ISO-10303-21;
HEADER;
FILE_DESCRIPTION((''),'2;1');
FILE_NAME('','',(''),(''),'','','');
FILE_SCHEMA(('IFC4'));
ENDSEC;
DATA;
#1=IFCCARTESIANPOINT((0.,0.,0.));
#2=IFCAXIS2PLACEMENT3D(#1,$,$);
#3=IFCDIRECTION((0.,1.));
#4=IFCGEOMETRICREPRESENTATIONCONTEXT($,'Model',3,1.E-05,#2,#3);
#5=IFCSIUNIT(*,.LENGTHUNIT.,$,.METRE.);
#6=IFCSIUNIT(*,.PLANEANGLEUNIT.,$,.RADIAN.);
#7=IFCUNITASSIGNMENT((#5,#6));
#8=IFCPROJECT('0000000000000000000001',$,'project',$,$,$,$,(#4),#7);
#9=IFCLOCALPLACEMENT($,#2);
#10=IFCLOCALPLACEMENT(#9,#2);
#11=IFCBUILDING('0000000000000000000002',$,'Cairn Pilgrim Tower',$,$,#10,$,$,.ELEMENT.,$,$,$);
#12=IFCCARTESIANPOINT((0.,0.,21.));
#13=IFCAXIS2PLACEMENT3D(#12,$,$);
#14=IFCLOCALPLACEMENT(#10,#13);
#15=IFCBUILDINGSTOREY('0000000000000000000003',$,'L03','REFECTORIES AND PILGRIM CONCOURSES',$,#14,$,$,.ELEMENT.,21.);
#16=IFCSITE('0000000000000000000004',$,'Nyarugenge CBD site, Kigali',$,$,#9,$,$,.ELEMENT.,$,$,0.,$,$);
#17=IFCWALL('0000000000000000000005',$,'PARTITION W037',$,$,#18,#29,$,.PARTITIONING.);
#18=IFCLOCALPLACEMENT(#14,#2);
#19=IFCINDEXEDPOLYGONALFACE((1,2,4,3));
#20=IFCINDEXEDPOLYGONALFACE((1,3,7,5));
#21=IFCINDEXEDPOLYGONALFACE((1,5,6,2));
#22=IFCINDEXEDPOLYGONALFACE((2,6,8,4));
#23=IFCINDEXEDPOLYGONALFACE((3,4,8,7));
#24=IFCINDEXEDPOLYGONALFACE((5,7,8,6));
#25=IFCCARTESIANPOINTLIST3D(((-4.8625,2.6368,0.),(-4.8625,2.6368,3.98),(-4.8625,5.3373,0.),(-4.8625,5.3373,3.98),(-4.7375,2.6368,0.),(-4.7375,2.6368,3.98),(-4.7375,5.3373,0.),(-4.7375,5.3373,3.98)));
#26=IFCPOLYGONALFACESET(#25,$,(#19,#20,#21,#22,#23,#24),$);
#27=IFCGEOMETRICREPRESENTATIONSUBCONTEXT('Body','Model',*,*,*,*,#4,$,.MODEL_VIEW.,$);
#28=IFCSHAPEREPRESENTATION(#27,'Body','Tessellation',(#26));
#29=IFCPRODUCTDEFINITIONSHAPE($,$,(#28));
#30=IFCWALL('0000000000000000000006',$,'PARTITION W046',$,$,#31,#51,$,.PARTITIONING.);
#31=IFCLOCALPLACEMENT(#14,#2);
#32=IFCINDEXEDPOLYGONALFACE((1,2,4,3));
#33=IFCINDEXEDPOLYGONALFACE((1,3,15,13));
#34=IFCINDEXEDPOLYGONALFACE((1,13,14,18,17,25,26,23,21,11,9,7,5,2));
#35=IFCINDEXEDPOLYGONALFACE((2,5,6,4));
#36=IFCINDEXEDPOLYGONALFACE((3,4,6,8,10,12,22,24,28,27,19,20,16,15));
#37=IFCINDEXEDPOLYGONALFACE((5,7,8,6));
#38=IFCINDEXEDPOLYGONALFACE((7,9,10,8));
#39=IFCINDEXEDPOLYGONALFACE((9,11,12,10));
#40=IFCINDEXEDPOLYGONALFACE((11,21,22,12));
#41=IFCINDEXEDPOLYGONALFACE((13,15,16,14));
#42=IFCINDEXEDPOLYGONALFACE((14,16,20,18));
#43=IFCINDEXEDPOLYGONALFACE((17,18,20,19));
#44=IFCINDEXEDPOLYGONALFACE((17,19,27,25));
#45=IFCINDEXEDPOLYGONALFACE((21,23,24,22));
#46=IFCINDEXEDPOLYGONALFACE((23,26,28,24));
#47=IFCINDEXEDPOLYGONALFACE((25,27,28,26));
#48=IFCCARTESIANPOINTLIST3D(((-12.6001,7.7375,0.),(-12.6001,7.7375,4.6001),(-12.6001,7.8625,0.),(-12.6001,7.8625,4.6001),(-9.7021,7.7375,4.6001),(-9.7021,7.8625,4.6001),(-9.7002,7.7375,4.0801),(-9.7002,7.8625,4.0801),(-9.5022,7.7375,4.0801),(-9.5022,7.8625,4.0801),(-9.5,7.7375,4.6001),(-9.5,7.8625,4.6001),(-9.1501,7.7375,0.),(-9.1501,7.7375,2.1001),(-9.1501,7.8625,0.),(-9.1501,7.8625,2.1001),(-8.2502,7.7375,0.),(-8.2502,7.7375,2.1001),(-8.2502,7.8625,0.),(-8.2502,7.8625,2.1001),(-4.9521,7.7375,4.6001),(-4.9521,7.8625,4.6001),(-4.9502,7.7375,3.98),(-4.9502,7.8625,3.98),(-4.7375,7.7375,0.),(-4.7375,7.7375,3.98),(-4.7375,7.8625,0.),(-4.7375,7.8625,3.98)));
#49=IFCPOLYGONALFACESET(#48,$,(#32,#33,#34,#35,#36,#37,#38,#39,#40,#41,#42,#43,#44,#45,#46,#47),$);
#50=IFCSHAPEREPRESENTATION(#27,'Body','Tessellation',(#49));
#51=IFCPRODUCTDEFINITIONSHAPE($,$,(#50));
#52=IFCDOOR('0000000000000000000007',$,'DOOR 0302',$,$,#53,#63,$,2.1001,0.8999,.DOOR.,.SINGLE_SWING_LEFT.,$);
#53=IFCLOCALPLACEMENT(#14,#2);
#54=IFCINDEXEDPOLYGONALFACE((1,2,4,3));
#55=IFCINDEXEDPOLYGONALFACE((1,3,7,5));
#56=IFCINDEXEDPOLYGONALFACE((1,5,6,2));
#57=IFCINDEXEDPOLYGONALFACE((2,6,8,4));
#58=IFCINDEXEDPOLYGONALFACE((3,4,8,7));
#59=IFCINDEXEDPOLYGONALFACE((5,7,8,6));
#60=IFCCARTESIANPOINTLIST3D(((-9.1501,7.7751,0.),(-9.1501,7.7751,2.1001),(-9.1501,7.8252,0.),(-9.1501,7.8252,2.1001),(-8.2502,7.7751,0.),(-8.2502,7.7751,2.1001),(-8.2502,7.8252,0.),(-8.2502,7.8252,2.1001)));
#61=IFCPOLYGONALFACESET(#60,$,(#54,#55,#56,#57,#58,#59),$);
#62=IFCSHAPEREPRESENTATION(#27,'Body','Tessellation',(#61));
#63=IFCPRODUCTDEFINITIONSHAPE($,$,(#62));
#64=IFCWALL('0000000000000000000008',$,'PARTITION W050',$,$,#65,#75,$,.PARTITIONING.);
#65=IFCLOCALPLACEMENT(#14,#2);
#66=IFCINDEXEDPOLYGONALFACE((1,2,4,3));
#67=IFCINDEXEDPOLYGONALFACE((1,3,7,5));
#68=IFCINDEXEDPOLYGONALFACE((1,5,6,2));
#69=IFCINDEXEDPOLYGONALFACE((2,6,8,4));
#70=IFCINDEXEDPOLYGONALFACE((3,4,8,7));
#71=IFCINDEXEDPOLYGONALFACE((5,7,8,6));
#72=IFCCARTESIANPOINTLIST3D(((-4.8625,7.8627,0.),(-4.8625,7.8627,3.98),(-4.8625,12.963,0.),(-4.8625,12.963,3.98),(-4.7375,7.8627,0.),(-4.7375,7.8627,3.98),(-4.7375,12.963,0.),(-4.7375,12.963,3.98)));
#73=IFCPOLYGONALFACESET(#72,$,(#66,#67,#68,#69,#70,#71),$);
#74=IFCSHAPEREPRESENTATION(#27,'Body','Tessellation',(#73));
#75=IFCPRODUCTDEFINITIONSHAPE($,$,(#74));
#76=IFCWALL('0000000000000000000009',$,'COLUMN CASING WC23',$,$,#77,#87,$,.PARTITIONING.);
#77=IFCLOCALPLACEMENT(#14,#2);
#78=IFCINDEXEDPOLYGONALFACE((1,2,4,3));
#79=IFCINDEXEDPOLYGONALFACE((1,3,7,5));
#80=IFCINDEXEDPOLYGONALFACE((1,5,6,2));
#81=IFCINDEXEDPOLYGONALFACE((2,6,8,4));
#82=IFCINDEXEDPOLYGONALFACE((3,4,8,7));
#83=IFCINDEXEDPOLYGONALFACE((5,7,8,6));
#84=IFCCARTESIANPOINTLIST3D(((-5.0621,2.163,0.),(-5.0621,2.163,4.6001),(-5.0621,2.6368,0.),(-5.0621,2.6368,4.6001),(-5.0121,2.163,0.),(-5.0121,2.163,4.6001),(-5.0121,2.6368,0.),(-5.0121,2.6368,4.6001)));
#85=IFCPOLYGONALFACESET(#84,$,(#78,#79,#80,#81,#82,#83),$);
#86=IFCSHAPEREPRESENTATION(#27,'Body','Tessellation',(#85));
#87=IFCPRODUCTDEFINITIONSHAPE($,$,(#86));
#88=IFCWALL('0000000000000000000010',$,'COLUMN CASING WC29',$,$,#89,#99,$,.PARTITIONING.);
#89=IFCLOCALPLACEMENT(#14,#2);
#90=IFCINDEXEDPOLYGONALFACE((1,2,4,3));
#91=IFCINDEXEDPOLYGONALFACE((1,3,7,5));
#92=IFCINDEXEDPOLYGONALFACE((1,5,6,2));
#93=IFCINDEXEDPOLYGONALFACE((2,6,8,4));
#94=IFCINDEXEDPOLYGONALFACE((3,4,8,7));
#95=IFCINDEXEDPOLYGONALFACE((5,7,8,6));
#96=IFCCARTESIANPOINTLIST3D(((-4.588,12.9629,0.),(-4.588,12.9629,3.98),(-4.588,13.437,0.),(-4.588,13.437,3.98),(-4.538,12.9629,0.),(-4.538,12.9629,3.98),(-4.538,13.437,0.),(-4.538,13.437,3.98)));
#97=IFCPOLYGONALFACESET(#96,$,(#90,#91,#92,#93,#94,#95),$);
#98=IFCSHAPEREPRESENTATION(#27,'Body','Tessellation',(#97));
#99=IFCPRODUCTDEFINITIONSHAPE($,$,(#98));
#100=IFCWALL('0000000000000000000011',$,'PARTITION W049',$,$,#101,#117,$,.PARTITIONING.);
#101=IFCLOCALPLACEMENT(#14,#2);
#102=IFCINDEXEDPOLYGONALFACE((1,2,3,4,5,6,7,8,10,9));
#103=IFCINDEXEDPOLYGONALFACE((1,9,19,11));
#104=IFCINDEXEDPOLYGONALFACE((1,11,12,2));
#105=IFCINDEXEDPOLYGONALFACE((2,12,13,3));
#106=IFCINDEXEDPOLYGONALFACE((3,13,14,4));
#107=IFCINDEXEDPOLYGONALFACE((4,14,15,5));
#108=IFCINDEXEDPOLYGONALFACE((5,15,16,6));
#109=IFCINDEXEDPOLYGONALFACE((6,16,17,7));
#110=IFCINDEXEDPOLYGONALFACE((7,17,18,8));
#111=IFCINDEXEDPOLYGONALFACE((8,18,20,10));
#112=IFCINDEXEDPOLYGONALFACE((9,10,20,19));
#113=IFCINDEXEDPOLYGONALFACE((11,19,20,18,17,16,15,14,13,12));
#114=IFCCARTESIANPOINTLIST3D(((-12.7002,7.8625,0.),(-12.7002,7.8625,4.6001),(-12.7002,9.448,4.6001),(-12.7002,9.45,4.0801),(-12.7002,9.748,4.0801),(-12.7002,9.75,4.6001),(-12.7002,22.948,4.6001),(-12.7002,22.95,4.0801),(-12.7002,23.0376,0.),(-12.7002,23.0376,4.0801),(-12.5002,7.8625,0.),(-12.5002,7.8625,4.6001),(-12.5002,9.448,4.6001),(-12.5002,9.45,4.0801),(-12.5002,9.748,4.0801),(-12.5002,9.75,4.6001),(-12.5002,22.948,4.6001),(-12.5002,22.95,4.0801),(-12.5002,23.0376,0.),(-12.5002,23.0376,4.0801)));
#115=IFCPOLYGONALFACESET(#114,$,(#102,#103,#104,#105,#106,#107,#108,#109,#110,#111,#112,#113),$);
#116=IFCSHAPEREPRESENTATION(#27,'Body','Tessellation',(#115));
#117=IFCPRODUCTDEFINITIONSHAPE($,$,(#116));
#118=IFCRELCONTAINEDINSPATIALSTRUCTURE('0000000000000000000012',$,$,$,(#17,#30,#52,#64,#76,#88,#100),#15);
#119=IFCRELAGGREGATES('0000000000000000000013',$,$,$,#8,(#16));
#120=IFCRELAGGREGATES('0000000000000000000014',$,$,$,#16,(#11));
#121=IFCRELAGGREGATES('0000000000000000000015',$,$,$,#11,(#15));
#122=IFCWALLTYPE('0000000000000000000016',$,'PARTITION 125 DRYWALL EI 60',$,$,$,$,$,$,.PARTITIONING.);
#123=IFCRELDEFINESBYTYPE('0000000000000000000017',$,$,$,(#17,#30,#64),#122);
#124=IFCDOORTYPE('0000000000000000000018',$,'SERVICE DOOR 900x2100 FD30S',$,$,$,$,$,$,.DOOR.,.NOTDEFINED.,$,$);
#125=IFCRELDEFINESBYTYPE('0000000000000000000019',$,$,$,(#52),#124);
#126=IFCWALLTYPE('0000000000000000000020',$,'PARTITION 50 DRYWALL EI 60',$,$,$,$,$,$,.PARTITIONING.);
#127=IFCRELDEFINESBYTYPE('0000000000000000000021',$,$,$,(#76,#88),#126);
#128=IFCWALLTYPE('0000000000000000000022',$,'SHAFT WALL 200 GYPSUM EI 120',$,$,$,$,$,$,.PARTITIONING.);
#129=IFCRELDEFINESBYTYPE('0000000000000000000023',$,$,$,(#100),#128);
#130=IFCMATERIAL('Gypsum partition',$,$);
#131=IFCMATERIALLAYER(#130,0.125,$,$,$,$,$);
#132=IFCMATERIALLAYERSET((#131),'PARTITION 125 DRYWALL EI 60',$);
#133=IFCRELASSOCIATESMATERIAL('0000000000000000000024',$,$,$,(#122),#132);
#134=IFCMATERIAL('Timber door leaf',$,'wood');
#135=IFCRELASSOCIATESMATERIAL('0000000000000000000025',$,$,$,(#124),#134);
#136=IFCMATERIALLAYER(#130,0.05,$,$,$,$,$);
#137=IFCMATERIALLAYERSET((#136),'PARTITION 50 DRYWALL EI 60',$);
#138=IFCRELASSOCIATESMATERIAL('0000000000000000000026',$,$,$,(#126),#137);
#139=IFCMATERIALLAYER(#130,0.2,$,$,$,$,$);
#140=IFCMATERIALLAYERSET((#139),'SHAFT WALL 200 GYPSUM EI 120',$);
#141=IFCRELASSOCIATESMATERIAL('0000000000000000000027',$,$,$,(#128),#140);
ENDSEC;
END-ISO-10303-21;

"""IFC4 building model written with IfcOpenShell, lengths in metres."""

from ifc_helpers import new_model, si_unit, direction, frame, frame_2d, origin, place, context, subcontext, project, spatial, polyline, rectangle, outline, extrude, material, layer, layer_set, type_object, element, fill, save


model = new_model("IFC4")

# Units and contexts
model_context = context("Model", 3, precision=1e-05, world=origin(), true_north=direction((0.0, 1.0)))
body_context = subcontext(model_context, "Body", "Model", "MODEL_VIEW")
ifc_project = project(units=[si_unit("LENGTHUNIT", "METRE"), si_unit("PLANEANGLEUNIT", "RADIAN")], contexts=[model_context])

# Site, building, storey
site_placement = place(None, origin())
site = spatial("IfcSite", under=ifc_project, at=site_placement, Name="Nyarugenge CBD site, Kigali", CompositionType="ELEMENT", RefElevation=0.0)
building_placement = place(site_placement, origin())
building = spatial("IfcBuilding", under=site, at=building_placement, Name="Cairn Pilgrim Tower", CompositionType="ELEMENT")
storey_placement = place(building_placement, frame((0.0, 0.0, 21.0)))
storey = spatial("IfcBuildingStorey", under=building, at=storey_placement, Name="L03", Description="REFECTORIES AND PILGRIM CONCOURSES", CompositionType="ELEMENT", Elevation=21.0)

# Wall
ifc_material_1 = material(Name="Gypsum partition")
ifc_layer_1 = layer(ifc_material_1, 0.125)
ifc_layer_set_1 = layer_set([ifc_layer_1], Name="PARTITION 125 DRYWALL EI 60")
wall_type_1 = type_object("IfcWallType", Name="PARTITION 125 DRYWALL EI 60", PredefinedType="PARTITIONING", material=ifc_layer_set_1)
wall_1_placement = place(storey_placement, frame((-4.8, 2.637, 0.0), z_axis=(0.0, 0.0, 1.0), x_axis=(0.0, 1.0, 0.0)))
element("IfcWall", 1, at=wall_1_placement, inside=storey, type_object=wall_type_1, Name="PARTITION W037", PredefinedType="PARTITIONING", context=body_context, shape_type="SweptSolid", body=[
    extrude(rectangle(XDim=2.7004, YDim=0.125, at=frame_2d((1.3501, 0.0))), origin(), (0.0, 0.0, 1.0), 3.98),
])

# Wall, opening, door
wall_2_placement = place(storey_placement, frame((-12.6001, 7.8, 0.0), z_axis=(0.0, 0.0, 1.0), x_axis=(1.0, 0.0, 0.0)))
wall_2 = element("IfcWall", 2, at=wall_2_placement, inside=storey, type_object=wall_type_1, Name="PARTITION W046", PredefinedType="PARTITIONING", context=body_context, shape_type="SweptSolid", body=[
    extrude(outline(polyline([(0.0, 0.0), (7.8625, 0.0), (7.8625, 3.98), (7.6499, 3.98), (7.6479, 4.6001), (3.1001, 4.6001), (3.0979, 4.0801), (2.8999, 4.0801), (2.8979, 4.6001), (0.0, 4.6001), (0.0, 0.0)])), frame((0.0, 0.0625, 0.0), z_axis=(0.0, -1.0, 0.0), x_axis=(1.0, 0.0, 0.0)), (0.0, 0.0, 1.0), 0.125),
])
opening_placement = place(wall_2_placement, frame((3.45, 0.0, 0.0)))
opening = element("IfcOpeningElement", 3, at=opening_placement, cuts=wall_2, PredefinedType="OPENING", context=body_context, shape_type="SweptSolid", body=[
    extrude(rectangle(XDim=0.8999, YDim=2.1001, at=frame_2d((0.45, 1.05))), frame((0.0, 0.0725, 0.0), z_axis=(0.0, -1.0, 0.0), x_axis=(1.0, 0.0, 0.0)), (0.0, 0.0, 1.0), 0.145),
])
ifc_material_2 = material(Name="Timber door leaf", Category="wood")
door_type = type_object("IfcDoorType", Name="SERVICE DOOR 900x2100 FD30S", OperationType="NOTDEFINED", PredefinedType="DOOR", material=ifc_material_2)
door_placement = place(opening_placement, frame((0.8999, 0.0, 0.0), z_axis=(0.0, 0.0, 1.0), x_axis=(-1.0, 0.0, 0.0)))
door = element("IfcDoor", 4, at=door_placement, inside=storey, type_object=door_type, Name="DOOR 0302", OperationType="SINGLE_SWING_LEFT", OverallHeight=2.1001, OverallWidth=0.8999, PredefinedType="DOOR", context=body_context, shape_type="SweptSolid", body=[
    extrude(rectangle(XDim=0.8999, YDim=2.1001, at=frame_2d((0.45, 1.05))), frame((0.0, 0.0249, 0.0), z_axis=(0.0, -1.0, 0.0), x_axis=(1.0, 0.0, 0.0)), (0.0, 0.0, 1.0), 0.05),
])
fill(opening, door)

# Walls
wall_3_placement = place(storey_placement, frame((-4.8, 7.8625, 0.0), z_axis=(0.0, 0.0, 1.0), x_axis=(0.0, 1.0, 0.0)))
element("IfcWall", 5, at=wall_3_placement, inside=storey, type_object=wall_type_1, Name="PARTITION W050", PredefinedType="PARTITIONING", context=body_context, shape_type="SweptSolid", body=[
    extrude(rectangle(XDim=5.1003, YDim=0.125, at=frame_2d((2.5503, 0.0))), origin(), (0.0, 0.0, 1.0), 3.98),
])
ifc_layer_2 = layer(ifc_material_1, 0.05)
ifc_layer_set_2 = layer_set([ifc_layer_2], Name="PARTITION 50 DRYWALL EI 60")
wall_type_2 = type_object("IfcWallType", Name="PARTITION 50 DRYWALL EI 60", PredefinedType="PARTITIONING", material=ifc_layer_set_2)
wall_4_placement = place(storey_placement, frame((-5.0371, 2.1631, 0.0), z_axis=(0.0, 0.0, 1.0), x_axis=(0.0, 1.0, 0.0)))
element("IfcWall", 6, at=wall_4_placement, inside=storey, type_object=wall_type_2, Name="COLUMN CASING WC23", PredefinedType="PARTITIONING", context=body_context, shape_type="SweptSolid", body=[
    extrude(rectangle(XDim=0.4739, YDim=0.05, at=frame_2d((0.2368, 0.0))), origin(), (0.0, 0.0, 1.0), 4.6001),
])
wall_5_placement = place(storey_placement, frame((-4.563, 12.9629, 0.0), z_axis=(0.0, 0.0, 1.0), x_axis=(0.0, 1.0, 0.0)))
element("IfcWall", 7, at=wall_5_placement, inside=storey, type_object=wall_type_2, Name="COLUMN CASING WC29", PredefinedType="PARTITIONING", context=body_context, shape_type="SweptSolid", body=[
    extrude(rectangle(XDim=0.4741, YDim=0.05, at=frame_2d((0.2371, 0.0))), origin(), (0.0, 0.0, 1.0), 3.98),
])
ifc_layer_3 = layer(ifc_material_1, 0.2)
ifc_layer_set_3 = layer_set([ifc_layer_3], Name="SHAFT WALL 200 GYPSUM EI 120")
wall_type_3 = type_object("IfcWallType", Name="SHAFT WALL 200 GYPSUM EI 120", PredefinedType="PARTITIONING", material=ifc_layer_set_3)
wall_6_placement = place(storey_placement, frame((-12.6001, 7.8625, 0.0), z_axis=(0.0, 0.0, 1.0), x_axis=(0.0, 1.0, 0.0)))
element("IfcWall", 8, at=wall_6_placement, inside=storey, type_object=wall_type_3, Name="PARTITION W049", PredefinedType="PARTITIONING", context=body_context, shape_type="SweptSolid", body=[
    extrude(outline(polyline([(0.0, 0.0), (15.175, 0.0), (15.175, 4.0801), (15.0874, 4.0801), (15.0854, 4.6001), (1.8875, 4.6001), (1.8855, 4.0801), (1.5874, 4.0801), (1.5854, 4.6001), (0.0, 4.6001), (0.0, 0.0)])), frame((0.0, 0.1001, 0.0), z_axis=(0.0, -1.0, 0.0), x_axis=(1.0, 0.0, 0.0)), (0.0, 0.0, 1.0), 0.2),
])

save(model, "model.ifc")
